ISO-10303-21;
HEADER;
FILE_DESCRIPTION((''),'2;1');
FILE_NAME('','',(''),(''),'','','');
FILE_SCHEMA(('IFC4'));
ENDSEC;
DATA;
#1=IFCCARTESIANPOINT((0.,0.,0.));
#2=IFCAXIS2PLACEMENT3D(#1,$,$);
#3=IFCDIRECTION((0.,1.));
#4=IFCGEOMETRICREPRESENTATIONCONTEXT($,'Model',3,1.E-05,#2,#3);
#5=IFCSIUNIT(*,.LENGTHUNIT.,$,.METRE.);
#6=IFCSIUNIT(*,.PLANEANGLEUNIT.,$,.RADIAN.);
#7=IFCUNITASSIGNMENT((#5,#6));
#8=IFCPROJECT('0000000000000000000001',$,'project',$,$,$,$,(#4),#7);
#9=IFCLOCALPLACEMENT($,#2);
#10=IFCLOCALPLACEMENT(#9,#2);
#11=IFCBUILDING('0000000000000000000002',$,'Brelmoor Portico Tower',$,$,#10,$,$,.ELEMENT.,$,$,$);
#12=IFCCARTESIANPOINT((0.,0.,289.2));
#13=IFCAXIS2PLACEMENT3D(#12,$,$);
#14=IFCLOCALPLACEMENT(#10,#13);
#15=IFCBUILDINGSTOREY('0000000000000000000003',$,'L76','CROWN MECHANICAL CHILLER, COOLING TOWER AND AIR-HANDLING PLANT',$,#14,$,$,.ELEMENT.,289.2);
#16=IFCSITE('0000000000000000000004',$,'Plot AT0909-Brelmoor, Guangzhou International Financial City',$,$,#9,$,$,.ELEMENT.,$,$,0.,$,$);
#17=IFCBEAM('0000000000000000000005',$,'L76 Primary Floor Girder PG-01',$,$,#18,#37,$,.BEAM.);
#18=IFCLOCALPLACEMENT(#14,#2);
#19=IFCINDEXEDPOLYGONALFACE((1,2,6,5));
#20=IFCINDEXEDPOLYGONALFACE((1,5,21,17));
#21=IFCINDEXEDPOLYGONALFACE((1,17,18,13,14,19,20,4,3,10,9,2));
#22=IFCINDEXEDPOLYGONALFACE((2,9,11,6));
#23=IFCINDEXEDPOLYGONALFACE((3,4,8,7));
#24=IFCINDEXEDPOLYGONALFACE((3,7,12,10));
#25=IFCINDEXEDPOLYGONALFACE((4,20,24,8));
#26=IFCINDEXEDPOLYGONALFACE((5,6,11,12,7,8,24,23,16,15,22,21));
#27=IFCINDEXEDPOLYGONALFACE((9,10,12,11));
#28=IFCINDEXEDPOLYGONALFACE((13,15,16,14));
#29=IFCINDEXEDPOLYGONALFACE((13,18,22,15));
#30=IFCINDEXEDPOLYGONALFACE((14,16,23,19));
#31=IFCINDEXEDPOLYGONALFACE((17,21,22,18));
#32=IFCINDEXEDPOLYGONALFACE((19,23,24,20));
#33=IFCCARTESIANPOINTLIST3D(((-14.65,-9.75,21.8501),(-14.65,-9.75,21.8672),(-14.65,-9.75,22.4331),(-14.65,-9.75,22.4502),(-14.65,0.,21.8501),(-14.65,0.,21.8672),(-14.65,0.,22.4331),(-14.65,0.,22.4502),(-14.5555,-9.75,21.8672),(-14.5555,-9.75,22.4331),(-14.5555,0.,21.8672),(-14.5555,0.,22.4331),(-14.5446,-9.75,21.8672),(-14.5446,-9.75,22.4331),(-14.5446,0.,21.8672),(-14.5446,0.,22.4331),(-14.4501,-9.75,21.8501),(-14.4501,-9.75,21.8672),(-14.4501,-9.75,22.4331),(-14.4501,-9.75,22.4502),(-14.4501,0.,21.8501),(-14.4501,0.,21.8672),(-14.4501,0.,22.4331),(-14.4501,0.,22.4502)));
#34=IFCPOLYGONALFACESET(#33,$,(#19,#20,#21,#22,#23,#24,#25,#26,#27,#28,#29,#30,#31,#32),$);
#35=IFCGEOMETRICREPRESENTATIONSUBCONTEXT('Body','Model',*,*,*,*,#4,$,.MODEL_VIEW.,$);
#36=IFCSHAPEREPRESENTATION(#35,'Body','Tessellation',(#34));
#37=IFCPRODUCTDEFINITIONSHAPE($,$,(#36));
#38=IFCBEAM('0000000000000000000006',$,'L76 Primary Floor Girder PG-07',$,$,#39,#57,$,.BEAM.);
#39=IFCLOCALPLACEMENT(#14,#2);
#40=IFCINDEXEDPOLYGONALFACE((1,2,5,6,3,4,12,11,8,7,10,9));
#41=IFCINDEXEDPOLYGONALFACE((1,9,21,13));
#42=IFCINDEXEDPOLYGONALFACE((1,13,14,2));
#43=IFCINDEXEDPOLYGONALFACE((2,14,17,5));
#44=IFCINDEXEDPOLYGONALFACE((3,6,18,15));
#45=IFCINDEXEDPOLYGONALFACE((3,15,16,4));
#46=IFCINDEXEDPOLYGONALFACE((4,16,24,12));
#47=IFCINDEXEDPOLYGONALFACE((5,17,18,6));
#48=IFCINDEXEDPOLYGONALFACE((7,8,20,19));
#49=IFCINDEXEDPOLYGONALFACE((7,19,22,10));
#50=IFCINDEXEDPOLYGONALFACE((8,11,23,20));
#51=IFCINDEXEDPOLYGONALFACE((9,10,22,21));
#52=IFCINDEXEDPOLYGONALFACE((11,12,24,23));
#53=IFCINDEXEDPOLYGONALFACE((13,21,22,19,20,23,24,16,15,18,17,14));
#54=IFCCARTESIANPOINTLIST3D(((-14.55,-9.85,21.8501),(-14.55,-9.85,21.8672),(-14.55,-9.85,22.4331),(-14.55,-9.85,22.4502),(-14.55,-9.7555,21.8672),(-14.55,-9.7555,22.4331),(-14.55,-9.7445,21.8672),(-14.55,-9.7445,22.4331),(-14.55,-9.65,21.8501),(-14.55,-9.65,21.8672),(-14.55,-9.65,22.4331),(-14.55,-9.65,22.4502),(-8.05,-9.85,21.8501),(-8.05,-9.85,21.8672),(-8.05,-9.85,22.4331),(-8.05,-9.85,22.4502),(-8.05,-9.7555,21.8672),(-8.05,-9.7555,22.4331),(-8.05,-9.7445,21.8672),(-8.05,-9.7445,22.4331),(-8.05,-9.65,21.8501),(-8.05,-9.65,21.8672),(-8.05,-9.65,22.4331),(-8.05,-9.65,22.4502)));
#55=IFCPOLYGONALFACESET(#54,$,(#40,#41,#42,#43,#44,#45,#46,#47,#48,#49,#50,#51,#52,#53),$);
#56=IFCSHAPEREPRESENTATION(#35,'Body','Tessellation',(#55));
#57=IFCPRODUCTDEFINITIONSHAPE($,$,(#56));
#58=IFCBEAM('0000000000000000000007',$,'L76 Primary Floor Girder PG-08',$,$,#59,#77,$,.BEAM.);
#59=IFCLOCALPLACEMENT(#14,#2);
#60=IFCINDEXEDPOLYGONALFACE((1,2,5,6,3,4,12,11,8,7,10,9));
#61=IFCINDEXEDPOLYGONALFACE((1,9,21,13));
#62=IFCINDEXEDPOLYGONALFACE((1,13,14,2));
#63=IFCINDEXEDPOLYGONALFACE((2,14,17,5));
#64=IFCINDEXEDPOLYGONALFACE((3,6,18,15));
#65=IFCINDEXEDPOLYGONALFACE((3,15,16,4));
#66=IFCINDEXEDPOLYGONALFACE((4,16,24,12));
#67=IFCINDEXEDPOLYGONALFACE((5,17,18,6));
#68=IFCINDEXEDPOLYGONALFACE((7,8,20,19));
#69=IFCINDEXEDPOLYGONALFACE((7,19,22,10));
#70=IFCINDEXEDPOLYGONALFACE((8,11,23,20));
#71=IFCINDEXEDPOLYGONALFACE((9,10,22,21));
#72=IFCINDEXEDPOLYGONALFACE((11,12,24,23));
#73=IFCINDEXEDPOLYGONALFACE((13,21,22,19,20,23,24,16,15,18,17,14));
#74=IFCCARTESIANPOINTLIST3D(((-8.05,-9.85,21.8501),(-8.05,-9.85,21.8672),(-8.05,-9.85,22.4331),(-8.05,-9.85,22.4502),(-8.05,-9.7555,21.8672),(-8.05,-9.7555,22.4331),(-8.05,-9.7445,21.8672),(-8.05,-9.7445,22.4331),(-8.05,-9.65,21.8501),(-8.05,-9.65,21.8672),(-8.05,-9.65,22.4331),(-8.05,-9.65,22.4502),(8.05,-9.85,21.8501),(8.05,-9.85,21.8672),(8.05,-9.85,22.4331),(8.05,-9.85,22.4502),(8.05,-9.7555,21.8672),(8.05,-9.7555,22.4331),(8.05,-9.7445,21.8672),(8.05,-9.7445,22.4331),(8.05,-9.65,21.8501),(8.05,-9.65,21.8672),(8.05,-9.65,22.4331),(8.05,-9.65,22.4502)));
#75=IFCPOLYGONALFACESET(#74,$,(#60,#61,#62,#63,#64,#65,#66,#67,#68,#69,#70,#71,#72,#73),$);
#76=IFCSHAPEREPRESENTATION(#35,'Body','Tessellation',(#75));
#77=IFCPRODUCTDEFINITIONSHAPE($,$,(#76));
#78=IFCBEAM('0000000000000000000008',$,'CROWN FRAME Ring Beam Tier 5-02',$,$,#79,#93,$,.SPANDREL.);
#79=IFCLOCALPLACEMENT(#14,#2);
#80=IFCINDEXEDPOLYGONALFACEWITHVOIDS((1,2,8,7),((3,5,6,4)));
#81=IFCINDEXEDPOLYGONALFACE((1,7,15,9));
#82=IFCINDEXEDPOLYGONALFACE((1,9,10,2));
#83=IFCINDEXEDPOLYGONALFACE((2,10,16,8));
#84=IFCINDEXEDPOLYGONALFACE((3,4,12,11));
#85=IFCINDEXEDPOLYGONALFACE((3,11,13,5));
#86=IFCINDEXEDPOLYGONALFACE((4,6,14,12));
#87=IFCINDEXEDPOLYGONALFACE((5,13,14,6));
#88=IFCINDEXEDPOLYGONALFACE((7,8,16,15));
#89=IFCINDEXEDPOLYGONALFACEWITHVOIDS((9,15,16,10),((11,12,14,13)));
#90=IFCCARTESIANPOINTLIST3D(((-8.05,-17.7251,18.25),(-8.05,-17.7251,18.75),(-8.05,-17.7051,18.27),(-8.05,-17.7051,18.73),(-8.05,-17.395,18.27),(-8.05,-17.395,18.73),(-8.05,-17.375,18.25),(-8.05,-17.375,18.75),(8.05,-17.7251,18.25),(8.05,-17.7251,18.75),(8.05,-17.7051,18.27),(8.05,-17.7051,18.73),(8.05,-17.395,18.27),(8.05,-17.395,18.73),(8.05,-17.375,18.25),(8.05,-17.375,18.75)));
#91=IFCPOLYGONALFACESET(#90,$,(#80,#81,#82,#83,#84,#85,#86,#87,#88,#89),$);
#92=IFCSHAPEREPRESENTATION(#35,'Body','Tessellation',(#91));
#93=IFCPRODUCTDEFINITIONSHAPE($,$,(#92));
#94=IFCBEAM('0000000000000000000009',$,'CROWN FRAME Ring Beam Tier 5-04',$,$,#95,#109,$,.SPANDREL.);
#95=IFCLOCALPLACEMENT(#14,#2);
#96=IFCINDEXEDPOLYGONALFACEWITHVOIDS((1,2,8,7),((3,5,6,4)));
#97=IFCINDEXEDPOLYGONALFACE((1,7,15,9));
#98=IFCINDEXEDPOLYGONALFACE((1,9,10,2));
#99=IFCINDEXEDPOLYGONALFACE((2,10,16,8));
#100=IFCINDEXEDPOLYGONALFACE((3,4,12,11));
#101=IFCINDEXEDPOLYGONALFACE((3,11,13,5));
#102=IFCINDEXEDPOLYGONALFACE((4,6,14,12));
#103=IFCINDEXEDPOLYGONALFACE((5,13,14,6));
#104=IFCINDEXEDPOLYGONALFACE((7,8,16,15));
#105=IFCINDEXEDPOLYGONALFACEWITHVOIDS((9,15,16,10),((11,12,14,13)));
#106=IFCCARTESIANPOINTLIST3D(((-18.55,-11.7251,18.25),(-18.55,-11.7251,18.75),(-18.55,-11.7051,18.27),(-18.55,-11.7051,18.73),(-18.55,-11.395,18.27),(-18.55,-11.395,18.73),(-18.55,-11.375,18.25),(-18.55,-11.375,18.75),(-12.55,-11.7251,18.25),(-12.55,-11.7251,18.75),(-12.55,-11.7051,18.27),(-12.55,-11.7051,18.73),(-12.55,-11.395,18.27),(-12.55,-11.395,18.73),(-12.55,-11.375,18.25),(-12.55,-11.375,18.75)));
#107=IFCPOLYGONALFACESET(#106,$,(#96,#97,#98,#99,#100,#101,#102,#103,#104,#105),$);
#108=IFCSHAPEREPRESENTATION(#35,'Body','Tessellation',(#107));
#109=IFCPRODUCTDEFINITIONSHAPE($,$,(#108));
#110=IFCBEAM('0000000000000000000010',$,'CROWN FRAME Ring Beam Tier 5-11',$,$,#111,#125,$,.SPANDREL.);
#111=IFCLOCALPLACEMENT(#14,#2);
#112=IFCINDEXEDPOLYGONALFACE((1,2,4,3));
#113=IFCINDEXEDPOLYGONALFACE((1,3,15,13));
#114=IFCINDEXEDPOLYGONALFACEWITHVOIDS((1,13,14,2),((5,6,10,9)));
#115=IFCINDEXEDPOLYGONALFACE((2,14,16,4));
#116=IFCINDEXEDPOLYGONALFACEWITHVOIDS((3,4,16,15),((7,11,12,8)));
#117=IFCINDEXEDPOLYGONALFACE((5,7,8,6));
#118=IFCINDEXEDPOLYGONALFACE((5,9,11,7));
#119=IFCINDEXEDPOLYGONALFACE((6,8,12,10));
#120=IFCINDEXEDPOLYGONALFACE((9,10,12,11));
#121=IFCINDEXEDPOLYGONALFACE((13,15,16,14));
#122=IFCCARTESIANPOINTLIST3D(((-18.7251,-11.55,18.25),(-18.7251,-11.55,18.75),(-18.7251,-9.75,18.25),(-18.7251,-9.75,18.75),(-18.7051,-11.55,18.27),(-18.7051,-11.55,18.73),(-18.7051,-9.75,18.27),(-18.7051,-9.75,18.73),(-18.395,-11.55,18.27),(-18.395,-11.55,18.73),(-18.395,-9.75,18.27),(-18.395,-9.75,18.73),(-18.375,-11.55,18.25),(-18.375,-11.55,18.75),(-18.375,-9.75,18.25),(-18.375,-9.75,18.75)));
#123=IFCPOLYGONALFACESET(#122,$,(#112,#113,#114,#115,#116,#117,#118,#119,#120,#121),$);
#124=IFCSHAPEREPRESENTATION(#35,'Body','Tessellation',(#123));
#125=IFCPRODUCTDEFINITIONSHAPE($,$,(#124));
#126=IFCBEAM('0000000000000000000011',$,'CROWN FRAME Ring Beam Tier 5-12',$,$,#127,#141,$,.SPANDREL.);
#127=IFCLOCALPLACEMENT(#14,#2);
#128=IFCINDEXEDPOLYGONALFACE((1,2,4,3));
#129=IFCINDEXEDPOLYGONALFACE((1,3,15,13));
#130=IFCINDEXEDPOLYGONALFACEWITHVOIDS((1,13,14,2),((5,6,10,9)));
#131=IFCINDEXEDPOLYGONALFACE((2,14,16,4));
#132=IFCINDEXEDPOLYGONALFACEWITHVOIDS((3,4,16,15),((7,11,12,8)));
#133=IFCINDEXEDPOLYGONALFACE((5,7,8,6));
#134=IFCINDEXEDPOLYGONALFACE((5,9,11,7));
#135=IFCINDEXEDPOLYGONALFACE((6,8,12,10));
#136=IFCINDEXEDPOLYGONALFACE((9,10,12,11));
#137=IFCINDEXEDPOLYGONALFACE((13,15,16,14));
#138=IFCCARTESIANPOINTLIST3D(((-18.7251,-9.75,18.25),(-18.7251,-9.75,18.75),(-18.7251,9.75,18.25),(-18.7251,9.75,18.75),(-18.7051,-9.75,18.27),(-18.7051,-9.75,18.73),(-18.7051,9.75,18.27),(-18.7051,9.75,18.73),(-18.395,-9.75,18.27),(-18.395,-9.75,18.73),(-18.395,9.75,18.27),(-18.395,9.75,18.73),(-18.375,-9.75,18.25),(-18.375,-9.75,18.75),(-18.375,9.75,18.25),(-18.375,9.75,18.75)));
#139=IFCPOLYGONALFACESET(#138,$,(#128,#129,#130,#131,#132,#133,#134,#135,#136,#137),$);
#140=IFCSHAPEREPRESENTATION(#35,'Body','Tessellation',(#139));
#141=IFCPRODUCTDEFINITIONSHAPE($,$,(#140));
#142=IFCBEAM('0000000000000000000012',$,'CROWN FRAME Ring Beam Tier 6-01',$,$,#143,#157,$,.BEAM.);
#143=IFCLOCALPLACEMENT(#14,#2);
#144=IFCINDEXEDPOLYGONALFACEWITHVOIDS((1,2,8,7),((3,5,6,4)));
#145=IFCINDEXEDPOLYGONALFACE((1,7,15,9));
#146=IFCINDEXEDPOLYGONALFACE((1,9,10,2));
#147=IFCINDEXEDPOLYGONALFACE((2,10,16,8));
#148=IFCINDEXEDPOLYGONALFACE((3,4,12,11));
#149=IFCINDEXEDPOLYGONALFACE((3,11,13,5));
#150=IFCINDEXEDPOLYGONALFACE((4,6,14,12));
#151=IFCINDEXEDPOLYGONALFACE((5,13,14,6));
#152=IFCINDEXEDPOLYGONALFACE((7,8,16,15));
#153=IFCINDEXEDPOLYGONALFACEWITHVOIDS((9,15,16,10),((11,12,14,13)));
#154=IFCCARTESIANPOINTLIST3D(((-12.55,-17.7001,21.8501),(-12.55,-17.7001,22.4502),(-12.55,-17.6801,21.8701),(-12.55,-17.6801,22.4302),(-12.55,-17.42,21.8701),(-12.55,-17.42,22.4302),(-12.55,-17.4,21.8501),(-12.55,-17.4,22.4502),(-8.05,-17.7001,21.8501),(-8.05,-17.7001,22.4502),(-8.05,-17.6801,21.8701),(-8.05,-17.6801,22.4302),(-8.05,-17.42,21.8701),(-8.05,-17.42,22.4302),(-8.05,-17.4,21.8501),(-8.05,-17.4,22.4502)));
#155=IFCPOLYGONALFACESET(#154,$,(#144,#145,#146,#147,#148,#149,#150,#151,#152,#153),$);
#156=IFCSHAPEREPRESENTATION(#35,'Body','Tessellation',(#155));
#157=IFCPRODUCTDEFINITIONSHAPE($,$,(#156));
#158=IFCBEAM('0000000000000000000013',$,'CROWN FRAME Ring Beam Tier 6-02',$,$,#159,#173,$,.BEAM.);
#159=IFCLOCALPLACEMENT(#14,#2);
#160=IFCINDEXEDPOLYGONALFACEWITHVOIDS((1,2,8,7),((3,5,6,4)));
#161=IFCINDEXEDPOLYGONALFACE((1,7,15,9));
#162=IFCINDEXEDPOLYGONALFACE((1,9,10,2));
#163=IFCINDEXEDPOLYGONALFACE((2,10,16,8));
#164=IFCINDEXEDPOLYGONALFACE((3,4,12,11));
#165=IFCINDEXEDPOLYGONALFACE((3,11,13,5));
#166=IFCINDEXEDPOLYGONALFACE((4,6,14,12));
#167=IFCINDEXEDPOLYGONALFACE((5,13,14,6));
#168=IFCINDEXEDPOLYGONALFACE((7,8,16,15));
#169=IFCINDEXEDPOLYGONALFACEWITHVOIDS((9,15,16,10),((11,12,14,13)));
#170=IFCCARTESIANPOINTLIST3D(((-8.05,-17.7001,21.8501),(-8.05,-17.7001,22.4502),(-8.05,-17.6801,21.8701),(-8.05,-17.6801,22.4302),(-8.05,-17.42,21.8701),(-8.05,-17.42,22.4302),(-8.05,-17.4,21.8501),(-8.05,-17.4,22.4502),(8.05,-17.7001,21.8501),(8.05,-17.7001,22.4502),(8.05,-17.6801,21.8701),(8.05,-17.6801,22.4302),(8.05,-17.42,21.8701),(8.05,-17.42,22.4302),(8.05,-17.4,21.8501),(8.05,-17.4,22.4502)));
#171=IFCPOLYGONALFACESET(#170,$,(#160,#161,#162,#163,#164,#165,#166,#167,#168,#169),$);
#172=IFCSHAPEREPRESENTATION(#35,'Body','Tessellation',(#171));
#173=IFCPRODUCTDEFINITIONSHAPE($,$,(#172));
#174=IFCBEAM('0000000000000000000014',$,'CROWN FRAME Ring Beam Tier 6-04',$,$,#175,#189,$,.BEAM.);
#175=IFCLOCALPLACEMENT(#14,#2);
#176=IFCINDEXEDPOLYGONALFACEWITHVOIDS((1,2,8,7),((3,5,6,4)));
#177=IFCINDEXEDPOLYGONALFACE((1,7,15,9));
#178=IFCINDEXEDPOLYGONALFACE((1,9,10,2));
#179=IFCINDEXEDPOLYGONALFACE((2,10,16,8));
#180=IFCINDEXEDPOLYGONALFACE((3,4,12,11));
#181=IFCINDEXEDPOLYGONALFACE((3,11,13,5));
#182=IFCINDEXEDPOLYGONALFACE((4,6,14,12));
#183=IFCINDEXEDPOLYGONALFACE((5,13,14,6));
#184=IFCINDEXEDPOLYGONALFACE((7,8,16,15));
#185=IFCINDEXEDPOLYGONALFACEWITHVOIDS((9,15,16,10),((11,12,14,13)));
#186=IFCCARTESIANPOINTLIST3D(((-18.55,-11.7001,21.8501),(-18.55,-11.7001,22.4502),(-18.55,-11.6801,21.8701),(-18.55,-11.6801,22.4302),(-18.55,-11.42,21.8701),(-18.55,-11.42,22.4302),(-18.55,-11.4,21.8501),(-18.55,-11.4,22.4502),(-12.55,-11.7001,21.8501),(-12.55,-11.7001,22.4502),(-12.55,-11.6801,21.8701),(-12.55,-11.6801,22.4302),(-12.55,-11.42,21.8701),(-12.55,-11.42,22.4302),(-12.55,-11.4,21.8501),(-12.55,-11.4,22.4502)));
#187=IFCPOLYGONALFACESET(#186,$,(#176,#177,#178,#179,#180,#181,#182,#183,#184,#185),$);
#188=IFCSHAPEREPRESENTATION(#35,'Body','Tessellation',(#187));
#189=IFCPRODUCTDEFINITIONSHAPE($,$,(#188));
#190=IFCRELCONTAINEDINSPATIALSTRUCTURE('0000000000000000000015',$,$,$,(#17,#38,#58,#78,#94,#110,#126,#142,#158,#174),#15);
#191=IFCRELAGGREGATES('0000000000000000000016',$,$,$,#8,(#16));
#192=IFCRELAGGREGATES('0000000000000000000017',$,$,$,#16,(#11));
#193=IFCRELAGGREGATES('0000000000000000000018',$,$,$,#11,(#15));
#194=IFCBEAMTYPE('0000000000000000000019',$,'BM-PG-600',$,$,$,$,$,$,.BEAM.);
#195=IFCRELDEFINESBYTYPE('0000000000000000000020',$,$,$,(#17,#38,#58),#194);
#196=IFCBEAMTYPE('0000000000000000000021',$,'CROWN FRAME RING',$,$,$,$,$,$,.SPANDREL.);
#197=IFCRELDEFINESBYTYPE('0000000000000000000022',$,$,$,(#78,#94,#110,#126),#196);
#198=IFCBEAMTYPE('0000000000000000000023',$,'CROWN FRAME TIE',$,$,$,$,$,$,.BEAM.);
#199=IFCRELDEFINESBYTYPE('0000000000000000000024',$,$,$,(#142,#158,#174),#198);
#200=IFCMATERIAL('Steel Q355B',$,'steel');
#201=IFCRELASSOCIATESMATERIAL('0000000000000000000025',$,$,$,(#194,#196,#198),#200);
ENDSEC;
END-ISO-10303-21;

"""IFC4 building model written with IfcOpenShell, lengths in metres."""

from ifc_helpers import new_model, si_unit, direction, frame, origin, origin_2d, place, context, subcontext, project, spatial, hollow_rectangle, i_section, extrude, material, material_profile, profile_set, type_object, element, save


model = new_model("IFC4")

# Units and contexts
model_context = context("Model", 3, precision=1e-05, world=origin(), true_north=direction((0.0, 1.0)))
body_context = subcontext(model_context, "Body", "Model", "MODEL_VIEW")
ifc_project = project(units=[si_unit("LENGTHUNIT", "METRE"), si_unit("PLANEANGLEUNIT", "RADIAN")], contexts=[model_context])

# Site, building, storey
site_placement = place(None, origin())
site = spatial("IfcSite", under=ifc_project, at=site_placement, Name="Plot AT0909-Brelmoor, Guangzhou International Financial City", CompositionType="ELEMENT", RefElevation=0.0)
building_placement = place(site_placement, origin())
building = spatial("IfcBuilding", under=site, at=building_placement, Name="Brelmoor Portico Tower", CompositionType="ELEMENT")
storey_placement = place(building_placement, frame((0.0, 0.0, 289.2)))
storey = spatial("IfcBuildingStorey", under=building, at=storey_placement, Name="L76", Description="CROWN MECHANICAL CHILLER, COOLING TOWER AND AIR-HANDLING PLANT", CompositionType="ELEMENT", Elevation=289.2)

# Beams
ifc_material_1 = material(Name="Steel Q355B", Category="steel")
ifc_material_profile_1 = material_profile(ifc_material_1, i_section(OverallWidth=0.2, OverallDepth=0.6001, WebThickness=0.011, FlangeThickness=0.0171, at=origin_2d()), Name="HN 600x200x11x17")
ifc_profile_set_1 = profile_set([ifc_material_profile_1], Name="Steel Q355B")
beam_type_1 = type_object("IfcBeamType", Name="BM-PG-600", PredefinedType="BEAM", material=ifc_profile_set_1)
beam_1_placement = place(storey_placement, frame((-14.55, -9.75, 22.1501), z_axis=(0.0, 1.0, 0.0), x_axis=(-1.0, 0.0, 0.0)))
element("IfcBeam", 1, at=beam_1_placement, inside=storey, type_object=beam_type_1, Name="L76 Primary Floor Girder PG-01", PredefinedType="BEAM", context=body_context, shape_type="SweptSolid", body=[
    extrude(i_section(OverallWidth=0.2, OverallDepth=0.6001, WebThickness=0.011, FlangeThickness=0.0171, at=origin_2d()), origin(), (0.0, 0.0, 1.0), 9.75),
])
beam_2_placement = place(storey_placement, frame((-14.55, -9.75, 22.1501), z_axis=(1.0, 0.0, 0.0), x_axis=(0.0, 1.0, 0.0)))
element("IfcBeam", 2, at=beam_2_placement, inside=storey, type_object=beam_type_1, Name="L76 Primary Floor Girder PG-07", PredefinedType="BEAM", context=body_context, shape_type="SweptSolid", body=[
    extrude(i_section(OverallWidth=0.2, OverallDepth=0.6001, WebThickness=0.011, FlangeThickness=0.0171, at=origin_2d()), origin(), (0.0, 0.0, 1.0), 6.5),
])
beam_3_placement = place(storey_placement, frame((-8.05, -9.75, 22.1501), z_axis=(1.0, 0.0, 0.0), x_axis=(0.0, 1.0, 0.0)))
element("IfcBeam", 3, at=beam_3_placement, inside=storey, type_object=beam_type_1, Name="L76 Primary Floor Girder PG-08", PredefinedType="BEAM", context=body_context, shape_type="SweptSolid", body=[
    extrude(i_section(OverallWidth=0.2, OverallDepth=0.6001, WebThickness=0.011, FlangeThickness=0.0171, at=origin_2d()), origin(), (0.0, 0.0, 1.0), 16.1001),
])
ifc_material_profile_2 = material_profile(ifc_material_1, hollow_rectangle(XDim=0.3501, YDim=0.5, WallThickness=0.02, at=origin_2d()), Name="RHS 350x500x20")
ifc_profile_set_2 = profile_set([ifc_material_profile_2], Name="Steel Q355B")
beam_type_2 = type_object("IfcBeamType", Name="CROWN FRAME RING", PredefinedType="SPANDREL", material=ifc_profile_set_2)
beam_4_placement = place(storey_placement, frame((-8.05, -17.55, 18.5), z_axis=(1.0, 0.0, 0.0), x_axis=(0.0, 1.0, 0.0)))
element("IfcBeam", 4, at=beam_4_placement, inside=storey, type_object=beam_type_2, Name="CROWN FRAME Ring Beam Tier 5-02", PredefinedType="SPANDREL", context=body_context, shape_type="SweptSolid", body=[
    extrude(hollow_rectangle(XDim=0.3501, YDim=0.5, WallThickness=0.02, at=origin_2d()), origin(), (0.0, 0.0, 1.0), 16.1001),
])
beam_5_placement = place(storey_placement, frame((-18.55, -11.55, 18.5), z_axis=(1.0, 0.0, 0.0), x_axis=(0.0, 1.0, 0.0)))
element("IfcBeam", 5, at=beam_5_placement, inside=storey, type_object=beam_type_2, Name="CROWN FRAME Ring Beam Tier 5-04", PredefinedType="SPANDREL", context=body_context, shape_type="SweptSolid", body=[
    extrude(hollow_rectangle(XDim=0.3501, YDim=0.5, WallThickness=0.02, at=origin_2d()), origin(), (0.0, 0.0, 1.0), 6.0),
])
beam_6_placement = place(storey_placement, frame((-18.55, -11.55, 18.5), z_axis=(0.0, 1.0, 0.0), x_axis=(-1.0, 0.0, 0.0)))
element("IfcBeam", 6, at=beam_6_placement, inside=storey, type_object=beam_type_2, Name="CROWN FRAME Ring Beam Tier 5-11", PredefinedType="SPANDREL", context=body_context, shape_type="SweptSolid", body=[
    extrude(hollow_rectangle(XDim=0.3501, YDim=0.5, WallThickness=0.02, at=origin_2d()), origin(), (0.0, 0.0, 1.0), 1.8),
])
beam_7_placement = place(storey_placement, frame((-18.55, -9.75, 18.5), z_axis=(0.0, 1.0, 0.0), x_axis=(-1.0, 0.0, 0.0)))
element("IfcBeam", 7, at=beam_7_placement, inside=storey, type_object=beam_type_2, Name="CROWN FRAME Ring Beam Tier 5-12", PredefinedType="SPANDREL", context=body_context, shape_type="SweptSolid", body=[
    extrude(hollow_rectangle(XDim=0.3501, YDim=0.5, WallThickness=0.02, at=origin_2d()), origin(), (0.0, 0.0, 1.0), 19.5),
])
ifc_material_profile_3 = material_profile(ifc_material_1, hollow_rectangle(XDim=0.3, YDim=0.6001, WallThickness=0.02, at=origin_2d()), Name="RHS 300x600x20")
ifc_profile_set_3 = profile_set([ifc_material_profile_3], Name="Steel Q355B")
beam_type_3 = type_object("IfcBeamType", Name="CROWN FRAME TIE", PredefinedType="BEAM", material=ifc_profile_set_3)
beam_8_placement = place(storey_placement, frame((-12.55, -17.55, 22.1501), z_axis=(1.0, 0.0, 0.0), x_axis=(0.0, 1.0, 0.0)))
element("IfcBeam", 8, at=beam_8_placement, inside=storey, type_object=beam_type_3, Name="CROWN FRAME Ring Beam Tier 6-01", PredefinedType="BEAM", context=body_context, shape_type="SweptSolid", body=[
    extrude(hollow_rectangle(XDim=0.3, YDim=0.6001, WallThickness=0.02, at=origin_2d()), origin(), (0.0, 0.0, 1.0), 4.5),
])
beam_9_placement = place(storey_placement, frame((-8.05, -17.55, 22.1501), z_axis=(1.0, 0.0, 0.0), x_axis=(0.0, 1.0, 0.0)))
element("IfcBeam", 9, at=beam_9_placement, inside=storey, type_object=beam_type_3, Name="CROWN FRAME Ring Beam Tier 6-02", PredefinedType="BEAM", context=body_context, shape_type="SweptSolid", body=[
    extrude(hollow_rectangle(XDim=0.3, YDim=0.6001, WallThickness=0.02, at=origin_2d()), origin(), (0.0, 0.0, 1.0), 16.1001),
])
beam_10_placement = place(storey_placement, frame((-18.55, -11.55, 22.1501), z_axis=(1.0, 0.0, 0.0), x_axis=(0.0, 1.0, 0.0)))
element("IfcBeam", 10, at=beam_10_placement, inside=storey, type_object=beam_type_3, Name="CROWN FRAME Ring Beam Tier 6-04", PredefinedType="BEAM", context=body_context, shape_type="SweptSolid", body=[
    extrude(hollow_rectangle(XDim=0.3, YDim=0.6001, WallThickness=0.02, at=origin_2d()), origin(), (0.0, 0.0, 1.0), 6.0),
])

save(model, "model.ifc")
